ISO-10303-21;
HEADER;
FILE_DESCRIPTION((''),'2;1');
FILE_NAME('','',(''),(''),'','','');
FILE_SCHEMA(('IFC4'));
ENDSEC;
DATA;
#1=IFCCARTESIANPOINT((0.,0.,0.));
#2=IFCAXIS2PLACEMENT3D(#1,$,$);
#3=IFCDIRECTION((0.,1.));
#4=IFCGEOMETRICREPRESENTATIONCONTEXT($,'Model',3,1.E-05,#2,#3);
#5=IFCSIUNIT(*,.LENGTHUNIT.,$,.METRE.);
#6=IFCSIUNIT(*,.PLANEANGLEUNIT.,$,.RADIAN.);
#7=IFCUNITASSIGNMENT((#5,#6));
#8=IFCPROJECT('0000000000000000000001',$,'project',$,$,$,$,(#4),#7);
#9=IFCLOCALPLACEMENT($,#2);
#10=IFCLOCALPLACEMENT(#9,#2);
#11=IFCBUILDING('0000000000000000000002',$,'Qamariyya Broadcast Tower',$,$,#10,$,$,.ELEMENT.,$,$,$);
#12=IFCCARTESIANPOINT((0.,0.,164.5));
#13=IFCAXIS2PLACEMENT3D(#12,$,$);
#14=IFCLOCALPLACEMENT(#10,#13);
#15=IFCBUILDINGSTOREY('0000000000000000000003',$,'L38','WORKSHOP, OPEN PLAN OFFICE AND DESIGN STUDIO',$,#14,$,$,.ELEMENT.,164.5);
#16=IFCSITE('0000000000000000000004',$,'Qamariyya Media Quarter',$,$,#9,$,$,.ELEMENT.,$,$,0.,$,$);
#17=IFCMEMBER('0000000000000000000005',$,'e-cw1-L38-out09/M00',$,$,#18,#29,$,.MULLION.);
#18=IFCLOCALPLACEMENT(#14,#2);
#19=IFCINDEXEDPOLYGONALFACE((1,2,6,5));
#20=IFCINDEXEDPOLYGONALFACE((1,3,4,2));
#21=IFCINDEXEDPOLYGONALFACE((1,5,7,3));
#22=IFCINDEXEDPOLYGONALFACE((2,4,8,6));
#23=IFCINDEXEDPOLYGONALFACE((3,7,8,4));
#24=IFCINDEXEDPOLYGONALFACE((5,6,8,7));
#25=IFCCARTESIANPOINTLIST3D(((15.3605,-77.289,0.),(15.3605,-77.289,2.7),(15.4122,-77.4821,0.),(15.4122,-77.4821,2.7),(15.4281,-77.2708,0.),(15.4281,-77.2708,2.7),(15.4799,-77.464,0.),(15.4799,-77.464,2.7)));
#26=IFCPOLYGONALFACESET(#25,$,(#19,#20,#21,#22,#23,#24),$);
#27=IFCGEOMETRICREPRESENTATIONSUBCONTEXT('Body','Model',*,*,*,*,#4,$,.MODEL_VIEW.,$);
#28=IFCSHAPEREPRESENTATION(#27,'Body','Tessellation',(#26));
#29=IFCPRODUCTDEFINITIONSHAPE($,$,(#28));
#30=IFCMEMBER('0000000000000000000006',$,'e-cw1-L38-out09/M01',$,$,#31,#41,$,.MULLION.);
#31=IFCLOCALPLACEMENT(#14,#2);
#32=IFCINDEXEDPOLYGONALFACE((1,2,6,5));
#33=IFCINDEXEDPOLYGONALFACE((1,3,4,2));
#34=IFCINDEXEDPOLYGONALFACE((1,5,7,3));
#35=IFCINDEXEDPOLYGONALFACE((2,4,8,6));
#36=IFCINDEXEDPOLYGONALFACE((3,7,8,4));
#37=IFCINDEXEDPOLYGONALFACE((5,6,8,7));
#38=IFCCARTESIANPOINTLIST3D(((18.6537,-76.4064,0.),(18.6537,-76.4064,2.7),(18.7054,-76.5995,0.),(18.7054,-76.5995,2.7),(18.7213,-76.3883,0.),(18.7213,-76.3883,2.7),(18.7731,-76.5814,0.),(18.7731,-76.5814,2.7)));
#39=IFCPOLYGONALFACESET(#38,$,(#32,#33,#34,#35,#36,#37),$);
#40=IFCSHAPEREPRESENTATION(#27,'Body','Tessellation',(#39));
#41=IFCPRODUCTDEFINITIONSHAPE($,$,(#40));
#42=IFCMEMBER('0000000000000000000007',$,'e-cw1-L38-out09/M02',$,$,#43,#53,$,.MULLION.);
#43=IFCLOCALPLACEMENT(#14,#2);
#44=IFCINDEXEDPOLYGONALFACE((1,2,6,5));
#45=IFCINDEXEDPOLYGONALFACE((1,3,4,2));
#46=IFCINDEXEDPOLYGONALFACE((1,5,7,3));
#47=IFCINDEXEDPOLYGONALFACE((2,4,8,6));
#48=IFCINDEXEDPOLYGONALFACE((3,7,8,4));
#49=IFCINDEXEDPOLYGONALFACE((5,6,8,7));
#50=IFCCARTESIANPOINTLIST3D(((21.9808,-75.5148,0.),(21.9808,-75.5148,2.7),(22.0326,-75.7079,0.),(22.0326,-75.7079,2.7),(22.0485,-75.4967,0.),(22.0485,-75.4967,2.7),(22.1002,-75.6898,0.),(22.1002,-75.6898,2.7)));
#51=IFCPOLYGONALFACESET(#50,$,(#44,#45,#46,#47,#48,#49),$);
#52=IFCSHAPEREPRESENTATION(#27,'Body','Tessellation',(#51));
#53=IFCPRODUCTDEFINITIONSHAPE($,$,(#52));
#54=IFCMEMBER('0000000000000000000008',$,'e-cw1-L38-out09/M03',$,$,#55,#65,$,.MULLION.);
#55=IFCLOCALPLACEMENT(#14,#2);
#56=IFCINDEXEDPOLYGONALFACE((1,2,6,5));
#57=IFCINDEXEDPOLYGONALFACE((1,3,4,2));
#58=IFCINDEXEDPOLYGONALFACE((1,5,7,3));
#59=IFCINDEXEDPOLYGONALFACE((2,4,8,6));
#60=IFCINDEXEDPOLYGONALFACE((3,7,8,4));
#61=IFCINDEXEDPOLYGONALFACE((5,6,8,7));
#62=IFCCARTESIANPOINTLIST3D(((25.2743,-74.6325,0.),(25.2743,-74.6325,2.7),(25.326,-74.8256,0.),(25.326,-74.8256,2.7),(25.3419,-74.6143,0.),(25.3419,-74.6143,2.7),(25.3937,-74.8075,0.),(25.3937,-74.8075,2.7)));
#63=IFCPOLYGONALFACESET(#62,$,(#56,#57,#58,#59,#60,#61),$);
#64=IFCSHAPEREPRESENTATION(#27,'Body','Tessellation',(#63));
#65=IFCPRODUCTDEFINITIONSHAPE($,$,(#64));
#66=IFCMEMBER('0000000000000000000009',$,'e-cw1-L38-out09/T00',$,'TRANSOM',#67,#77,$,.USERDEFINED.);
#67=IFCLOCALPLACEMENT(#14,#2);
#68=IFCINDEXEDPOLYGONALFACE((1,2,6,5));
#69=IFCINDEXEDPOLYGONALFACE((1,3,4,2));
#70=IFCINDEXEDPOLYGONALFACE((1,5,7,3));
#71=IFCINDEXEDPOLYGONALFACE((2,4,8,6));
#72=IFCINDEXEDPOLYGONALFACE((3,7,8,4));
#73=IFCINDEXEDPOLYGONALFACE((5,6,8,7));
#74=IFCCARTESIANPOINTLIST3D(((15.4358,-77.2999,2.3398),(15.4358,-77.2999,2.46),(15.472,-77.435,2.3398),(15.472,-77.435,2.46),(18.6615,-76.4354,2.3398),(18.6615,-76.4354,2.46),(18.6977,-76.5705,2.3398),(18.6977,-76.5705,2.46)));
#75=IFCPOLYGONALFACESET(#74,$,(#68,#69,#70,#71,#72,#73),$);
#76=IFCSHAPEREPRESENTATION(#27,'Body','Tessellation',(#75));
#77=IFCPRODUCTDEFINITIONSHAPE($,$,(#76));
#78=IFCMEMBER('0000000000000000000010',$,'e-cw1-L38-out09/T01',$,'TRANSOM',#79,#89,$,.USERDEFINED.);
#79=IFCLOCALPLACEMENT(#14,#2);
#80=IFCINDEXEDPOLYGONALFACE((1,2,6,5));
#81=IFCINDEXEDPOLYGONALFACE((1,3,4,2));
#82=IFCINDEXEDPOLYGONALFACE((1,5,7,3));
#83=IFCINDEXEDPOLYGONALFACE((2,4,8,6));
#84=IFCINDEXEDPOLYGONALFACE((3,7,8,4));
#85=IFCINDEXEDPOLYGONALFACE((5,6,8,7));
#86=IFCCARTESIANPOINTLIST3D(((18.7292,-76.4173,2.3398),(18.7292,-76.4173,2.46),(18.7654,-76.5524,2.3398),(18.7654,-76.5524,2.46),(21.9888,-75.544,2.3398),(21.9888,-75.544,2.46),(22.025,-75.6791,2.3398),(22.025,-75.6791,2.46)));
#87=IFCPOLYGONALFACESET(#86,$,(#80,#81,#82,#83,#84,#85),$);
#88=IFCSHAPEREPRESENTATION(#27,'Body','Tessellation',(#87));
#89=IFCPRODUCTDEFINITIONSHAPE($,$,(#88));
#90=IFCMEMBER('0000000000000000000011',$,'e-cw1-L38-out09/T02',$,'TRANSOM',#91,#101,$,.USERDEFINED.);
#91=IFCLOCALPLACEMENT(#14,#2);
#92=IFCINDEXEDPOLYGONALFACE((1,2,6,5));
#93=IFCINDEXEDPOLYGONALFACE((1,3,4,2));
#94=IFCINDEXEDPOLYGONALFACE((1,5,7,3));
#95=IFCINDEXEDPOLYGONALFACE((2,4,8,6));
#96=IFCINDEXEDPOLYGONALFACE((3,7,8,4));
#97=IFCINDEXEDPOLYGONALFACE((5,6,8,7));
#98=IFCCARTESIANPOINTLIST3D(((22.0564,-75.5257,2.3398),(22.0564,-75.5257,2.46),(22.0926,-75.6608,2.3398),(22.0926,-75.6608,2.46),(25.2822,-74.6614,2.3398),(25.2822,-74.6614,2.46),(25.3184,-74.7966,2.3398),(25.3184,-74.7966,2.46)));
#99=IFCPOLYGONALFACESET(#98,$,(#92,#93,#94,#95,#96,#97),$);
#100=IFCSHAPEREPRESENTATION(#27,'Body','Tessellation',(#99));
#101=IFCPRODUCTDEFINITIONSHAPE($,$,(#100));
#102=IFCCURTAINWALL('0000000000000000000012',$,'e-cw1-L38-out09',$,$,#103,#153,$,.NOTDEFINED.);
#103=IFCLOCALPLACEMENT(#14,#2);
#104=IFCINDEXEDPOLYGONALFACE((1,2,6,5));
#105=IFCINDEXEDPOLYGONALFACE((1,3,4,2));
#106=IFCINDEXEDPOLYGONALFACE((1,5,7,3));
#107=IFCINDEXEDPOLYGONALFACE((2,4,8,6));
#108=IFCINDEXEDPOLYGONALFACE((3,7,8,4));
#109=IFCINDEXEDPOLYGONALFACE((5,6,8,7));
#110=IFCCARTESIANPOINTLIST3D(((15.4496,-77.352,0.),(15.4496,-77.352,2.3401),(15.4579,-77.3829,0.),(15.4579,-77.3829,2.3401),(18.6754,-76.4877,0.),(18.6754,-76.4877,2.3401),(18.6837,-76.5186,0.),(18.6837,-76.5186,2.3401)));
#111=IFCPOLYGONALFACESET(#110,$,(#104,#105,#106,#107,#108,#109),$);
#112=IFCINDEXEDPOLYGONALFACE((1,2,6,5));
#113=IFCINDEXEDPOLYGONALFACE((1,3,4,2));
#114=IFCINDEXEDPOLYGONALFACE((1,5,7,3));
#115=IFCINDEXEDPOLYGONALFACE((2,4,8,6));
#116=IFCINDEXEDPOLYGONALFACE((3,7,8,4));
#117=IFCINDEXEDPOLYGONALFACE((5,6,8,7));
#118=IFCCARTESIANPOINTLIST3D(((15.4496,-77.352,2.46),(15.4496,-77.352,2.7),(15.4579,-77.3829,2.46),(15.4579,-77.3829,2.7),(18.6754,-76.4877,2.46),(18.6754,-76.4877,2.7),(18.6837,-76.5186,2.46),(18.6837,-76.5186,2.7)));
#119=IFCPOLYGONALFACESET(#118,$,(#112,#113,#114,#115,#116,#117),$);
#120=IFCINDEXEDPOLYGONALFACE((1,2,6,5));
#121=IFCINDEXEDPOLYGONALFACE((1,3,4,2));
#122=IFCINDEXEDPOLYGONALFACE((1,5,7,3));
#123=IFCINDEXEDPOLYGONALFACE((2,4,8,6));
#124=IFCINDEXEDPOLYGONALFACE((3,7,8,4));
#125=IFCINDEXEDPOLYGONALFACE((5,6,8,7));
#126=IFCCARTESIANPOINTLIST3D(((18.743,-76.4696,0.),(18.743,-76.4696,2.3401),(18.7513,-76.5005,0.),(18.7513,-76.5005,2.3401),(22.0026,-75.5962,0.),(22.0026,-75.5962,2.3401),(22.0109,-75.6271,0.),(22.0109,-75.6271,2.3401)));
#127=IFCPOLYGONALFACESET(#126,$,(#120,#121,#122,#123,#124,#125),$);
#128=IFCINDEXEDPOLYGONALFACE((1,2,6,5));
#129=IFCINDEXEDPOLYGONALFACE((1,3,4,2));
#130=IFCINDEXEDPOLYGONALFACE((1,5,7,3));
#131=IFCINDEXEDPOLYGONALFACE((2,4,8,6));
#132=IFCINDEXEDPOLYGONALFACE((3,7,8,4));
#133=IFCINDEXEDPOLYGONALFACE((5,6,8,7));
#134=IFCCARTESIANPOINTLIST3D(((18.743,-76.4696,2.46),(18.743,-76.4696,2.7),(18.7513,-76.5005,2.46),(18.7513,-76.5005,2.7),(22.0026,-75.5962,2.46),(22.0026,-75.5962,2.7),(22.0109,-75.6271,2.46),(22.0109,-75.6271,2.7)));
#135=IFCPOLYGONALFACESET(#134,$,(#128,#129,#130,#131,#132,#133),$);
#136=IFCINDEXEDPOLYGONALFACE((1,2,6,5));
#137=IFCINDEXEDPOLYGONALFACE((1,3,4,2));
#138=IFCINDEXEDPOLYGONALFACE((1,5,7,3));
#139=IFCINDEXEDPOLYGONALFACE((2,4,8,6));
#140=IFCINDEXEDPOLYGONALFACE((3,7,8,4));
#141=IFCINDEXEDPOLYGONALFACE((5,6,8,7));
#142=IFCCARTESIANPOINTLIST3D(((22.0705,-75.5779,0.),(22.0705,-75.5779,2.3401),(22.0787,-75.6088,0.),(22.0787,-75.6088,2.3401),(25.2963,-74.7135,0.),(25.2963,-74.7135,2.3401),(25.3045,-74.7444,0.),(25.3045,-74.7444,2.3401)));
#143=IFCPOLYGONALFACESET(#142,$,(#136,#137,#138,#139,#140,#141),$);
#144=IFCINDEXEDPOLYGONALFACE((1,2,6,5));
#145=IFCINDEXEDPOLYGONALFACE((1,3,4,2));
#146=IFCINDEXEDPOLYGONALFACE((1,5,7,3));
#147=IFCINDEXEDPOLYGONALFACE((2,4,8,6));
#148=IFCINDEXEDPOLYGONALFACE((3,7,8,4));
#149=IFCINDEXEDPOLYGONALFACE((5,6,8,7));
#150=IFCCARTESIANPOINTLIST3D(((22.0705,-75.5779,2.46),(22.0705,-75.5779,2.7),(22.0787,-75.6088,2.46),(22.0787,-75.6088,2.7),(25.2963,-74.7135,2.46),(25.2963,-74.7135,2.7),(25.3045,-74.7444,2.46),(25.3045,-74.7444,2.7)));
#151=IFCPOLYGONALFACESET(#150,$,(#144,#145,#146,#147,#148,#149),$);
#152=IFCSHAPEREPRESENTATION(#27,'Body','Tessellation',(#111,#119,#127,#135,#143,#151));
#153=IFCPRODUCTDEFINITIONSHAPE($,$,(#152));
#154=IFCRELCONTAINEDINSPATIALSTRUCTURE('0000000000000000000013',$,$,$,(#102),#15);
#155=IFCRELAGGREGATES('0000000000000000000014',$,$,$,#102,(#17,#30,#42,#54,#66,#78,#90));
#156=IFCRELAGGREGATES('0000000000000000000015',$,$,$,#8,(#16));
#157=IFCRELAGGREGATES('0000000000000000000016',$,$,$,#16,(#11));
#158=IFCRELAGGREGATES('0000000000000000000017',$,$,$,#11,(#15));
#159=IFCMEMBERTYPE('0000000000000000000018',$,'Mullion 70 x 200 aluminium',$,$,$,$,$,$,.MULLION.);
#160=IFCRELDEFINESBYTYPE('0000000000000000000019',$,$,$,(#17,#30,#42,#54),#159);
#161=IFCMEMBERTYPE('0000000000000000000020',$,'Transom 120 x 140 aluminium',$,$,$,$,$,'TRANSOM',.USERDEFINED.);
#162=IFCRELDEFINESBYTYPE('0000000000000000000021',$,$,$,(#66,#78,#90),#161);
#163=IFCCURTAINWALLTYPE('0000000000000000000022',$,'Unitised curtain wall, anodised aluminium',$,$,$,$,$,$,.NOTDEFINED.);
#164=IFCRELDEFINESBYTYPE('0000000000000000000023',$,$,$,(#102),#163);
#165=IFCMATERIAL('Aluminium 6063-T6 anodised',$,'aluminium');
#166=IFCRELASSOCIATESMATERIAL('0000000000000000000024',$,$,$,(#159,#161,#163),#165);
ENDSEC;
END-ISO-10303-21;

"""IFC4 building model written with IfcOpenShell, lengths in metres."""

from ifc_helpers import new_model, si_unit, direction, frame, origin, origin_2d, place, context, subcontext, project, spatial, rectangle, extrude, material, material_profile, profile_set, type_object, element, aggregate, save


model = new_model("IFC4")

# Units and contexts
model_context = context("Model", 3, precision=1e-05, world=origin(), true_north=direction((0.0, 1.0)))
body_context = subcontext(model_context, "Body", "Model", "MODEL_VIEW")
ifc_project = project(units=[si_unit("LENGTHUNIT", "METRE"), si_unit("PLANEANGLEUNIT", "RADIAN")], contexts=[model_context])

# Members
ifc_material = material(Name="Aluminium 6063-T6 anodised", Category="aluminium")
ifc_material_profile_1 = material_profile(ifc_material, rectangle(XDim=0.2, YDim=0.0701, at=origin_2d()))
ifc_profile_set_1 = profile_set([ifc_material_profile_1], Name="Aluminium 6063-T6 anodised")
member_type_1 = type_object("IfcMemberType", Name="Mullion 70 x 200 aluminium", PredefinedType="MULLION", material=ifc_profile_set_1)
site_placement = place(None, origin())
building_placement = place(site_placement, origin())
storey_placement = place(building_placement, frame((0.0, 0.0, 164.5)))
member_1_placement = place(storey_placement, frame((15.4202, -77.3765, 0.0), z_axis=(0.0, 0.0, 1.0), x_axis=(-0.258819, 0.965926, 0.0)))
member_1 = element("IfcMember", 1, at=member_1_placement, type_object=member_type_1, Name="e-cw1-L38-out09/M00", PredefinedType="MULLION", context=body_context, shape_type="SweptSolid", body=[
    extrude(rectangle(XDim=0.2, YDim=0.0701, at=origin_2d()), origin(), (0.0, 0.0, 1.0), 2.7),
])
member_2_placement = place(storey_placement, frame((18.7134, -76.4939, 0.0), z_axis=(0.0, 0.0, 1.0), x_axis=(-0.258819, 0.965926, 0.0)))
member_2 = element("IfcMember", 2, at=member_2_placement, type_object=member_type_1, Name="e-cw1-L38-out09/M01", PredefinedType="MULLION", context=body_context, shape_type="SweptSolid", body=[
    extrude(rectangle(XDim=0.2, YDim=0.0701, at=origin_2d()), origin(), (0.0, 0.0, 1.0), 2.7),
])
member_3_placement = place(storey_placement, frame((22.0405, -75.6023, 0.0), z_axis=(0.0, 0.0, 1.0), x_axis=(-0.258819, 0.965926, 0.0)))
member_3 = element("IfcMember", 3, at=member_3_placement, type_object=member_type_1, Name="e-cw1-L38-out09/M02", PredefinedType="MULLION", context=body_context, shape_type="SweptSolid", body=[
    extrude(rectangle(XDim=0.2, YDim=0.0701, at=origin_2d()), origin(), (0.0, 0.0, 1.0), 2.7),
])
member_4_placement = place(storey_placement, frame((25.334, -74.72, 0.0), z_axis=(0.0, 0.0, 1.0), x_axis=(-0.258819, 0.965926, 0.0)))
member_4 = element("IfcMember", 4, at=member_4_placement, type_object=member_type_1, Name="e-cw1-L38-out09/M03", PredefinedType="MULLION", context=body_context, shape_type="SweptSolid", body=[
    extrude(rectangle(XDim=0.2, YDim=0.0701, at=origin_2d()), origin(), (0.0, 0.0, 1.0), 2.7),
])
ifc_material_profile_2 = material_profile(ifc_material, rectangle(XDim=0.1399, YDim=0.1201, at=origin_2d()))
ifc_profile_set_2 = profile_set([ifc_material_profile_2], Name="Aluminium 6063-T6 anodised")
member_type_2 = type_object("IfcMemberType", Name="Transom 120 x 140 aluminium", ElementType="TRANSOM", PredefinedType="USERDEFINED", material=ifc_profile_set_2)
member_5_placement = place(storey_placement, frame((15.4539, -77.3674, 2.3999), z_axis=(0.965915, 0.258859, 0.0), x_axis=(-0.258859, 0.965915, 0.0)))
member_5 = element("IfcMember", 5, at=member_5_placement, type_object=member_type_2, Name="e-cw1-L38-out09/T00", ObjectType="TRANSOM", PredefinedType="USERDEFINED", context=body_context, shape_type="SweptSolid", body=[
    extrude(rectangle(XDim=0.1399, YDim=0.1201, at=origin_2d()), origin(), (0.0, 0.0, 1.0), 3.3396),
])
member_6_placement = place(storey_placement, frame((18.7473, -76.4849, 2.3999), z_axis=(0.965933, 0.258793, 0.0), x_axis=(-0.258793, 0.965933, 0.0)))
member_6 = element("IfcMember", 6, at=member_6_placement, type_object=member_type_2, Name="e-cw1-L38-out09/T01", ObjectType="TRANSOM", PredefinedType="USERDEFINED", context=body_context, shape_type="SweptSolid", body=[
    extrude(rectangle(XDim=0.1399, YDim=0.1201, at=origin_2d()), origin(), (0.0, 0.0, 1.0), 3.3745),
])
member_7_placement = place(storey_placement, frame((22.0745, -75.5933, 2.3999), z_axis=(0.965933, 0.258791, 0.0), x_axis=(-0.258791, 0.965933, 0.0)))
member_7 = element("IfcMember", 7, at=member_7_placement, type_object=member_type_2, Name="e-cw1-L38-out09/T02", ObjectType="TRANSOM", PredefinedType="USERDEFINED", context=body_context, shape_type="SweptSolid", body=[
    extrude(rectangle(XDim=0.1399, YDim=0.1201, at=origin_2d()), origin(), (0.0, 0.0, 1.0), 3.3396),
])

# Site, building, storey
site = spatial("IfcSite", under=ifc_project, at=site_placement, Name="Qamariyya Media Quarter", CompositionType="ELEMENT", RefElevation=0.0)
building = spatial("IfcBuilding", under=site, at=building_placement, Name="Qamariyya Broadcast Tower", CompositionType="ELEMENT")
storey = spatial("IfcBuildingStorey", under=building, at=storey_placement, Name="L38", Description="WORKSHOP, OPEN PLAN OFFICE AND DESIGN STUDIO", CompositionType="ELEMENT", Elevation=164.5)

# Curtain wall
curtain_wall_type = type_object("IfcCurtainWallType", Name="Unitised curtain wall, anodised aluminium", PredefinedType="NOTDEFINED", material=ifc_material)
curtain_wall_1_placement = place(storey_placement, origin())
curtain_wall_1 = element("IfcCurtainWall", 8, at=curtain_wall_1_placement, inside=storey, type_object=curtain_wall_type, Name="e-cw1-L38-out09", PredefinedType="NOTDEFINED", context=body_context, shape_type="SweptSolid", body=[
    extrude(rectangle(XDim=3.3396, YDim=0.032, at=origin_2d()), frame((17.0667, -76.9353, 0.0), x_axis=(0.965926, 0.258817, 0.0)), (0.0, 0.0, 1.0), 2.3401),
    extrude(rectangle(XDim=3.3396, YDim=0.032, at=origin_2d()), frame((17.0667, -76.9353, 2.46), x_axis=(0.965926, 0.258817, 0.0)), (0.0, 0.0, 1.0), 0.24),
    extrude(rectangle(XDim=3.3745, YDim=0.032, at=origin_2d()), frame((20.377, -76.0483, 0.0), x_axis=(0.965926, 0.258817, 0.0)), (0.0, 0.0, 1.0), 2.3401),
    extrude(rectangle(XDim=3.3745, YDim=0.032, at=origin_2d()), frame((20.377, -76.0483, 2.46), x_axis=(0.965926, 0.258817, 0.0)), (0.0, 0.0, 1.0), 0.24),
    extrude(rectangle(XDim=3.3396, YDim=0.032, at=origin_2d()), frame((23.6875, -75.1611, 0.0), x_axis=(0.965926, 0.258817, 0.0)), (0.0, 0.0, 1.0), 2.3401),
    extrude(rectangle(XDim=3.3396, YDim=0.032, at=origin_2d()), frame((23.6875, -75.1611, 2.46), x_axis=(0.965926, 0.258817, 0.0)), (0.0, 0.0, 1.0), 0.24),
])
aggregate(curtain_wall_1, [member_1, member_2, member_3, member_4, member_5, member_6, member_7])

save(model, "model.ifc")
